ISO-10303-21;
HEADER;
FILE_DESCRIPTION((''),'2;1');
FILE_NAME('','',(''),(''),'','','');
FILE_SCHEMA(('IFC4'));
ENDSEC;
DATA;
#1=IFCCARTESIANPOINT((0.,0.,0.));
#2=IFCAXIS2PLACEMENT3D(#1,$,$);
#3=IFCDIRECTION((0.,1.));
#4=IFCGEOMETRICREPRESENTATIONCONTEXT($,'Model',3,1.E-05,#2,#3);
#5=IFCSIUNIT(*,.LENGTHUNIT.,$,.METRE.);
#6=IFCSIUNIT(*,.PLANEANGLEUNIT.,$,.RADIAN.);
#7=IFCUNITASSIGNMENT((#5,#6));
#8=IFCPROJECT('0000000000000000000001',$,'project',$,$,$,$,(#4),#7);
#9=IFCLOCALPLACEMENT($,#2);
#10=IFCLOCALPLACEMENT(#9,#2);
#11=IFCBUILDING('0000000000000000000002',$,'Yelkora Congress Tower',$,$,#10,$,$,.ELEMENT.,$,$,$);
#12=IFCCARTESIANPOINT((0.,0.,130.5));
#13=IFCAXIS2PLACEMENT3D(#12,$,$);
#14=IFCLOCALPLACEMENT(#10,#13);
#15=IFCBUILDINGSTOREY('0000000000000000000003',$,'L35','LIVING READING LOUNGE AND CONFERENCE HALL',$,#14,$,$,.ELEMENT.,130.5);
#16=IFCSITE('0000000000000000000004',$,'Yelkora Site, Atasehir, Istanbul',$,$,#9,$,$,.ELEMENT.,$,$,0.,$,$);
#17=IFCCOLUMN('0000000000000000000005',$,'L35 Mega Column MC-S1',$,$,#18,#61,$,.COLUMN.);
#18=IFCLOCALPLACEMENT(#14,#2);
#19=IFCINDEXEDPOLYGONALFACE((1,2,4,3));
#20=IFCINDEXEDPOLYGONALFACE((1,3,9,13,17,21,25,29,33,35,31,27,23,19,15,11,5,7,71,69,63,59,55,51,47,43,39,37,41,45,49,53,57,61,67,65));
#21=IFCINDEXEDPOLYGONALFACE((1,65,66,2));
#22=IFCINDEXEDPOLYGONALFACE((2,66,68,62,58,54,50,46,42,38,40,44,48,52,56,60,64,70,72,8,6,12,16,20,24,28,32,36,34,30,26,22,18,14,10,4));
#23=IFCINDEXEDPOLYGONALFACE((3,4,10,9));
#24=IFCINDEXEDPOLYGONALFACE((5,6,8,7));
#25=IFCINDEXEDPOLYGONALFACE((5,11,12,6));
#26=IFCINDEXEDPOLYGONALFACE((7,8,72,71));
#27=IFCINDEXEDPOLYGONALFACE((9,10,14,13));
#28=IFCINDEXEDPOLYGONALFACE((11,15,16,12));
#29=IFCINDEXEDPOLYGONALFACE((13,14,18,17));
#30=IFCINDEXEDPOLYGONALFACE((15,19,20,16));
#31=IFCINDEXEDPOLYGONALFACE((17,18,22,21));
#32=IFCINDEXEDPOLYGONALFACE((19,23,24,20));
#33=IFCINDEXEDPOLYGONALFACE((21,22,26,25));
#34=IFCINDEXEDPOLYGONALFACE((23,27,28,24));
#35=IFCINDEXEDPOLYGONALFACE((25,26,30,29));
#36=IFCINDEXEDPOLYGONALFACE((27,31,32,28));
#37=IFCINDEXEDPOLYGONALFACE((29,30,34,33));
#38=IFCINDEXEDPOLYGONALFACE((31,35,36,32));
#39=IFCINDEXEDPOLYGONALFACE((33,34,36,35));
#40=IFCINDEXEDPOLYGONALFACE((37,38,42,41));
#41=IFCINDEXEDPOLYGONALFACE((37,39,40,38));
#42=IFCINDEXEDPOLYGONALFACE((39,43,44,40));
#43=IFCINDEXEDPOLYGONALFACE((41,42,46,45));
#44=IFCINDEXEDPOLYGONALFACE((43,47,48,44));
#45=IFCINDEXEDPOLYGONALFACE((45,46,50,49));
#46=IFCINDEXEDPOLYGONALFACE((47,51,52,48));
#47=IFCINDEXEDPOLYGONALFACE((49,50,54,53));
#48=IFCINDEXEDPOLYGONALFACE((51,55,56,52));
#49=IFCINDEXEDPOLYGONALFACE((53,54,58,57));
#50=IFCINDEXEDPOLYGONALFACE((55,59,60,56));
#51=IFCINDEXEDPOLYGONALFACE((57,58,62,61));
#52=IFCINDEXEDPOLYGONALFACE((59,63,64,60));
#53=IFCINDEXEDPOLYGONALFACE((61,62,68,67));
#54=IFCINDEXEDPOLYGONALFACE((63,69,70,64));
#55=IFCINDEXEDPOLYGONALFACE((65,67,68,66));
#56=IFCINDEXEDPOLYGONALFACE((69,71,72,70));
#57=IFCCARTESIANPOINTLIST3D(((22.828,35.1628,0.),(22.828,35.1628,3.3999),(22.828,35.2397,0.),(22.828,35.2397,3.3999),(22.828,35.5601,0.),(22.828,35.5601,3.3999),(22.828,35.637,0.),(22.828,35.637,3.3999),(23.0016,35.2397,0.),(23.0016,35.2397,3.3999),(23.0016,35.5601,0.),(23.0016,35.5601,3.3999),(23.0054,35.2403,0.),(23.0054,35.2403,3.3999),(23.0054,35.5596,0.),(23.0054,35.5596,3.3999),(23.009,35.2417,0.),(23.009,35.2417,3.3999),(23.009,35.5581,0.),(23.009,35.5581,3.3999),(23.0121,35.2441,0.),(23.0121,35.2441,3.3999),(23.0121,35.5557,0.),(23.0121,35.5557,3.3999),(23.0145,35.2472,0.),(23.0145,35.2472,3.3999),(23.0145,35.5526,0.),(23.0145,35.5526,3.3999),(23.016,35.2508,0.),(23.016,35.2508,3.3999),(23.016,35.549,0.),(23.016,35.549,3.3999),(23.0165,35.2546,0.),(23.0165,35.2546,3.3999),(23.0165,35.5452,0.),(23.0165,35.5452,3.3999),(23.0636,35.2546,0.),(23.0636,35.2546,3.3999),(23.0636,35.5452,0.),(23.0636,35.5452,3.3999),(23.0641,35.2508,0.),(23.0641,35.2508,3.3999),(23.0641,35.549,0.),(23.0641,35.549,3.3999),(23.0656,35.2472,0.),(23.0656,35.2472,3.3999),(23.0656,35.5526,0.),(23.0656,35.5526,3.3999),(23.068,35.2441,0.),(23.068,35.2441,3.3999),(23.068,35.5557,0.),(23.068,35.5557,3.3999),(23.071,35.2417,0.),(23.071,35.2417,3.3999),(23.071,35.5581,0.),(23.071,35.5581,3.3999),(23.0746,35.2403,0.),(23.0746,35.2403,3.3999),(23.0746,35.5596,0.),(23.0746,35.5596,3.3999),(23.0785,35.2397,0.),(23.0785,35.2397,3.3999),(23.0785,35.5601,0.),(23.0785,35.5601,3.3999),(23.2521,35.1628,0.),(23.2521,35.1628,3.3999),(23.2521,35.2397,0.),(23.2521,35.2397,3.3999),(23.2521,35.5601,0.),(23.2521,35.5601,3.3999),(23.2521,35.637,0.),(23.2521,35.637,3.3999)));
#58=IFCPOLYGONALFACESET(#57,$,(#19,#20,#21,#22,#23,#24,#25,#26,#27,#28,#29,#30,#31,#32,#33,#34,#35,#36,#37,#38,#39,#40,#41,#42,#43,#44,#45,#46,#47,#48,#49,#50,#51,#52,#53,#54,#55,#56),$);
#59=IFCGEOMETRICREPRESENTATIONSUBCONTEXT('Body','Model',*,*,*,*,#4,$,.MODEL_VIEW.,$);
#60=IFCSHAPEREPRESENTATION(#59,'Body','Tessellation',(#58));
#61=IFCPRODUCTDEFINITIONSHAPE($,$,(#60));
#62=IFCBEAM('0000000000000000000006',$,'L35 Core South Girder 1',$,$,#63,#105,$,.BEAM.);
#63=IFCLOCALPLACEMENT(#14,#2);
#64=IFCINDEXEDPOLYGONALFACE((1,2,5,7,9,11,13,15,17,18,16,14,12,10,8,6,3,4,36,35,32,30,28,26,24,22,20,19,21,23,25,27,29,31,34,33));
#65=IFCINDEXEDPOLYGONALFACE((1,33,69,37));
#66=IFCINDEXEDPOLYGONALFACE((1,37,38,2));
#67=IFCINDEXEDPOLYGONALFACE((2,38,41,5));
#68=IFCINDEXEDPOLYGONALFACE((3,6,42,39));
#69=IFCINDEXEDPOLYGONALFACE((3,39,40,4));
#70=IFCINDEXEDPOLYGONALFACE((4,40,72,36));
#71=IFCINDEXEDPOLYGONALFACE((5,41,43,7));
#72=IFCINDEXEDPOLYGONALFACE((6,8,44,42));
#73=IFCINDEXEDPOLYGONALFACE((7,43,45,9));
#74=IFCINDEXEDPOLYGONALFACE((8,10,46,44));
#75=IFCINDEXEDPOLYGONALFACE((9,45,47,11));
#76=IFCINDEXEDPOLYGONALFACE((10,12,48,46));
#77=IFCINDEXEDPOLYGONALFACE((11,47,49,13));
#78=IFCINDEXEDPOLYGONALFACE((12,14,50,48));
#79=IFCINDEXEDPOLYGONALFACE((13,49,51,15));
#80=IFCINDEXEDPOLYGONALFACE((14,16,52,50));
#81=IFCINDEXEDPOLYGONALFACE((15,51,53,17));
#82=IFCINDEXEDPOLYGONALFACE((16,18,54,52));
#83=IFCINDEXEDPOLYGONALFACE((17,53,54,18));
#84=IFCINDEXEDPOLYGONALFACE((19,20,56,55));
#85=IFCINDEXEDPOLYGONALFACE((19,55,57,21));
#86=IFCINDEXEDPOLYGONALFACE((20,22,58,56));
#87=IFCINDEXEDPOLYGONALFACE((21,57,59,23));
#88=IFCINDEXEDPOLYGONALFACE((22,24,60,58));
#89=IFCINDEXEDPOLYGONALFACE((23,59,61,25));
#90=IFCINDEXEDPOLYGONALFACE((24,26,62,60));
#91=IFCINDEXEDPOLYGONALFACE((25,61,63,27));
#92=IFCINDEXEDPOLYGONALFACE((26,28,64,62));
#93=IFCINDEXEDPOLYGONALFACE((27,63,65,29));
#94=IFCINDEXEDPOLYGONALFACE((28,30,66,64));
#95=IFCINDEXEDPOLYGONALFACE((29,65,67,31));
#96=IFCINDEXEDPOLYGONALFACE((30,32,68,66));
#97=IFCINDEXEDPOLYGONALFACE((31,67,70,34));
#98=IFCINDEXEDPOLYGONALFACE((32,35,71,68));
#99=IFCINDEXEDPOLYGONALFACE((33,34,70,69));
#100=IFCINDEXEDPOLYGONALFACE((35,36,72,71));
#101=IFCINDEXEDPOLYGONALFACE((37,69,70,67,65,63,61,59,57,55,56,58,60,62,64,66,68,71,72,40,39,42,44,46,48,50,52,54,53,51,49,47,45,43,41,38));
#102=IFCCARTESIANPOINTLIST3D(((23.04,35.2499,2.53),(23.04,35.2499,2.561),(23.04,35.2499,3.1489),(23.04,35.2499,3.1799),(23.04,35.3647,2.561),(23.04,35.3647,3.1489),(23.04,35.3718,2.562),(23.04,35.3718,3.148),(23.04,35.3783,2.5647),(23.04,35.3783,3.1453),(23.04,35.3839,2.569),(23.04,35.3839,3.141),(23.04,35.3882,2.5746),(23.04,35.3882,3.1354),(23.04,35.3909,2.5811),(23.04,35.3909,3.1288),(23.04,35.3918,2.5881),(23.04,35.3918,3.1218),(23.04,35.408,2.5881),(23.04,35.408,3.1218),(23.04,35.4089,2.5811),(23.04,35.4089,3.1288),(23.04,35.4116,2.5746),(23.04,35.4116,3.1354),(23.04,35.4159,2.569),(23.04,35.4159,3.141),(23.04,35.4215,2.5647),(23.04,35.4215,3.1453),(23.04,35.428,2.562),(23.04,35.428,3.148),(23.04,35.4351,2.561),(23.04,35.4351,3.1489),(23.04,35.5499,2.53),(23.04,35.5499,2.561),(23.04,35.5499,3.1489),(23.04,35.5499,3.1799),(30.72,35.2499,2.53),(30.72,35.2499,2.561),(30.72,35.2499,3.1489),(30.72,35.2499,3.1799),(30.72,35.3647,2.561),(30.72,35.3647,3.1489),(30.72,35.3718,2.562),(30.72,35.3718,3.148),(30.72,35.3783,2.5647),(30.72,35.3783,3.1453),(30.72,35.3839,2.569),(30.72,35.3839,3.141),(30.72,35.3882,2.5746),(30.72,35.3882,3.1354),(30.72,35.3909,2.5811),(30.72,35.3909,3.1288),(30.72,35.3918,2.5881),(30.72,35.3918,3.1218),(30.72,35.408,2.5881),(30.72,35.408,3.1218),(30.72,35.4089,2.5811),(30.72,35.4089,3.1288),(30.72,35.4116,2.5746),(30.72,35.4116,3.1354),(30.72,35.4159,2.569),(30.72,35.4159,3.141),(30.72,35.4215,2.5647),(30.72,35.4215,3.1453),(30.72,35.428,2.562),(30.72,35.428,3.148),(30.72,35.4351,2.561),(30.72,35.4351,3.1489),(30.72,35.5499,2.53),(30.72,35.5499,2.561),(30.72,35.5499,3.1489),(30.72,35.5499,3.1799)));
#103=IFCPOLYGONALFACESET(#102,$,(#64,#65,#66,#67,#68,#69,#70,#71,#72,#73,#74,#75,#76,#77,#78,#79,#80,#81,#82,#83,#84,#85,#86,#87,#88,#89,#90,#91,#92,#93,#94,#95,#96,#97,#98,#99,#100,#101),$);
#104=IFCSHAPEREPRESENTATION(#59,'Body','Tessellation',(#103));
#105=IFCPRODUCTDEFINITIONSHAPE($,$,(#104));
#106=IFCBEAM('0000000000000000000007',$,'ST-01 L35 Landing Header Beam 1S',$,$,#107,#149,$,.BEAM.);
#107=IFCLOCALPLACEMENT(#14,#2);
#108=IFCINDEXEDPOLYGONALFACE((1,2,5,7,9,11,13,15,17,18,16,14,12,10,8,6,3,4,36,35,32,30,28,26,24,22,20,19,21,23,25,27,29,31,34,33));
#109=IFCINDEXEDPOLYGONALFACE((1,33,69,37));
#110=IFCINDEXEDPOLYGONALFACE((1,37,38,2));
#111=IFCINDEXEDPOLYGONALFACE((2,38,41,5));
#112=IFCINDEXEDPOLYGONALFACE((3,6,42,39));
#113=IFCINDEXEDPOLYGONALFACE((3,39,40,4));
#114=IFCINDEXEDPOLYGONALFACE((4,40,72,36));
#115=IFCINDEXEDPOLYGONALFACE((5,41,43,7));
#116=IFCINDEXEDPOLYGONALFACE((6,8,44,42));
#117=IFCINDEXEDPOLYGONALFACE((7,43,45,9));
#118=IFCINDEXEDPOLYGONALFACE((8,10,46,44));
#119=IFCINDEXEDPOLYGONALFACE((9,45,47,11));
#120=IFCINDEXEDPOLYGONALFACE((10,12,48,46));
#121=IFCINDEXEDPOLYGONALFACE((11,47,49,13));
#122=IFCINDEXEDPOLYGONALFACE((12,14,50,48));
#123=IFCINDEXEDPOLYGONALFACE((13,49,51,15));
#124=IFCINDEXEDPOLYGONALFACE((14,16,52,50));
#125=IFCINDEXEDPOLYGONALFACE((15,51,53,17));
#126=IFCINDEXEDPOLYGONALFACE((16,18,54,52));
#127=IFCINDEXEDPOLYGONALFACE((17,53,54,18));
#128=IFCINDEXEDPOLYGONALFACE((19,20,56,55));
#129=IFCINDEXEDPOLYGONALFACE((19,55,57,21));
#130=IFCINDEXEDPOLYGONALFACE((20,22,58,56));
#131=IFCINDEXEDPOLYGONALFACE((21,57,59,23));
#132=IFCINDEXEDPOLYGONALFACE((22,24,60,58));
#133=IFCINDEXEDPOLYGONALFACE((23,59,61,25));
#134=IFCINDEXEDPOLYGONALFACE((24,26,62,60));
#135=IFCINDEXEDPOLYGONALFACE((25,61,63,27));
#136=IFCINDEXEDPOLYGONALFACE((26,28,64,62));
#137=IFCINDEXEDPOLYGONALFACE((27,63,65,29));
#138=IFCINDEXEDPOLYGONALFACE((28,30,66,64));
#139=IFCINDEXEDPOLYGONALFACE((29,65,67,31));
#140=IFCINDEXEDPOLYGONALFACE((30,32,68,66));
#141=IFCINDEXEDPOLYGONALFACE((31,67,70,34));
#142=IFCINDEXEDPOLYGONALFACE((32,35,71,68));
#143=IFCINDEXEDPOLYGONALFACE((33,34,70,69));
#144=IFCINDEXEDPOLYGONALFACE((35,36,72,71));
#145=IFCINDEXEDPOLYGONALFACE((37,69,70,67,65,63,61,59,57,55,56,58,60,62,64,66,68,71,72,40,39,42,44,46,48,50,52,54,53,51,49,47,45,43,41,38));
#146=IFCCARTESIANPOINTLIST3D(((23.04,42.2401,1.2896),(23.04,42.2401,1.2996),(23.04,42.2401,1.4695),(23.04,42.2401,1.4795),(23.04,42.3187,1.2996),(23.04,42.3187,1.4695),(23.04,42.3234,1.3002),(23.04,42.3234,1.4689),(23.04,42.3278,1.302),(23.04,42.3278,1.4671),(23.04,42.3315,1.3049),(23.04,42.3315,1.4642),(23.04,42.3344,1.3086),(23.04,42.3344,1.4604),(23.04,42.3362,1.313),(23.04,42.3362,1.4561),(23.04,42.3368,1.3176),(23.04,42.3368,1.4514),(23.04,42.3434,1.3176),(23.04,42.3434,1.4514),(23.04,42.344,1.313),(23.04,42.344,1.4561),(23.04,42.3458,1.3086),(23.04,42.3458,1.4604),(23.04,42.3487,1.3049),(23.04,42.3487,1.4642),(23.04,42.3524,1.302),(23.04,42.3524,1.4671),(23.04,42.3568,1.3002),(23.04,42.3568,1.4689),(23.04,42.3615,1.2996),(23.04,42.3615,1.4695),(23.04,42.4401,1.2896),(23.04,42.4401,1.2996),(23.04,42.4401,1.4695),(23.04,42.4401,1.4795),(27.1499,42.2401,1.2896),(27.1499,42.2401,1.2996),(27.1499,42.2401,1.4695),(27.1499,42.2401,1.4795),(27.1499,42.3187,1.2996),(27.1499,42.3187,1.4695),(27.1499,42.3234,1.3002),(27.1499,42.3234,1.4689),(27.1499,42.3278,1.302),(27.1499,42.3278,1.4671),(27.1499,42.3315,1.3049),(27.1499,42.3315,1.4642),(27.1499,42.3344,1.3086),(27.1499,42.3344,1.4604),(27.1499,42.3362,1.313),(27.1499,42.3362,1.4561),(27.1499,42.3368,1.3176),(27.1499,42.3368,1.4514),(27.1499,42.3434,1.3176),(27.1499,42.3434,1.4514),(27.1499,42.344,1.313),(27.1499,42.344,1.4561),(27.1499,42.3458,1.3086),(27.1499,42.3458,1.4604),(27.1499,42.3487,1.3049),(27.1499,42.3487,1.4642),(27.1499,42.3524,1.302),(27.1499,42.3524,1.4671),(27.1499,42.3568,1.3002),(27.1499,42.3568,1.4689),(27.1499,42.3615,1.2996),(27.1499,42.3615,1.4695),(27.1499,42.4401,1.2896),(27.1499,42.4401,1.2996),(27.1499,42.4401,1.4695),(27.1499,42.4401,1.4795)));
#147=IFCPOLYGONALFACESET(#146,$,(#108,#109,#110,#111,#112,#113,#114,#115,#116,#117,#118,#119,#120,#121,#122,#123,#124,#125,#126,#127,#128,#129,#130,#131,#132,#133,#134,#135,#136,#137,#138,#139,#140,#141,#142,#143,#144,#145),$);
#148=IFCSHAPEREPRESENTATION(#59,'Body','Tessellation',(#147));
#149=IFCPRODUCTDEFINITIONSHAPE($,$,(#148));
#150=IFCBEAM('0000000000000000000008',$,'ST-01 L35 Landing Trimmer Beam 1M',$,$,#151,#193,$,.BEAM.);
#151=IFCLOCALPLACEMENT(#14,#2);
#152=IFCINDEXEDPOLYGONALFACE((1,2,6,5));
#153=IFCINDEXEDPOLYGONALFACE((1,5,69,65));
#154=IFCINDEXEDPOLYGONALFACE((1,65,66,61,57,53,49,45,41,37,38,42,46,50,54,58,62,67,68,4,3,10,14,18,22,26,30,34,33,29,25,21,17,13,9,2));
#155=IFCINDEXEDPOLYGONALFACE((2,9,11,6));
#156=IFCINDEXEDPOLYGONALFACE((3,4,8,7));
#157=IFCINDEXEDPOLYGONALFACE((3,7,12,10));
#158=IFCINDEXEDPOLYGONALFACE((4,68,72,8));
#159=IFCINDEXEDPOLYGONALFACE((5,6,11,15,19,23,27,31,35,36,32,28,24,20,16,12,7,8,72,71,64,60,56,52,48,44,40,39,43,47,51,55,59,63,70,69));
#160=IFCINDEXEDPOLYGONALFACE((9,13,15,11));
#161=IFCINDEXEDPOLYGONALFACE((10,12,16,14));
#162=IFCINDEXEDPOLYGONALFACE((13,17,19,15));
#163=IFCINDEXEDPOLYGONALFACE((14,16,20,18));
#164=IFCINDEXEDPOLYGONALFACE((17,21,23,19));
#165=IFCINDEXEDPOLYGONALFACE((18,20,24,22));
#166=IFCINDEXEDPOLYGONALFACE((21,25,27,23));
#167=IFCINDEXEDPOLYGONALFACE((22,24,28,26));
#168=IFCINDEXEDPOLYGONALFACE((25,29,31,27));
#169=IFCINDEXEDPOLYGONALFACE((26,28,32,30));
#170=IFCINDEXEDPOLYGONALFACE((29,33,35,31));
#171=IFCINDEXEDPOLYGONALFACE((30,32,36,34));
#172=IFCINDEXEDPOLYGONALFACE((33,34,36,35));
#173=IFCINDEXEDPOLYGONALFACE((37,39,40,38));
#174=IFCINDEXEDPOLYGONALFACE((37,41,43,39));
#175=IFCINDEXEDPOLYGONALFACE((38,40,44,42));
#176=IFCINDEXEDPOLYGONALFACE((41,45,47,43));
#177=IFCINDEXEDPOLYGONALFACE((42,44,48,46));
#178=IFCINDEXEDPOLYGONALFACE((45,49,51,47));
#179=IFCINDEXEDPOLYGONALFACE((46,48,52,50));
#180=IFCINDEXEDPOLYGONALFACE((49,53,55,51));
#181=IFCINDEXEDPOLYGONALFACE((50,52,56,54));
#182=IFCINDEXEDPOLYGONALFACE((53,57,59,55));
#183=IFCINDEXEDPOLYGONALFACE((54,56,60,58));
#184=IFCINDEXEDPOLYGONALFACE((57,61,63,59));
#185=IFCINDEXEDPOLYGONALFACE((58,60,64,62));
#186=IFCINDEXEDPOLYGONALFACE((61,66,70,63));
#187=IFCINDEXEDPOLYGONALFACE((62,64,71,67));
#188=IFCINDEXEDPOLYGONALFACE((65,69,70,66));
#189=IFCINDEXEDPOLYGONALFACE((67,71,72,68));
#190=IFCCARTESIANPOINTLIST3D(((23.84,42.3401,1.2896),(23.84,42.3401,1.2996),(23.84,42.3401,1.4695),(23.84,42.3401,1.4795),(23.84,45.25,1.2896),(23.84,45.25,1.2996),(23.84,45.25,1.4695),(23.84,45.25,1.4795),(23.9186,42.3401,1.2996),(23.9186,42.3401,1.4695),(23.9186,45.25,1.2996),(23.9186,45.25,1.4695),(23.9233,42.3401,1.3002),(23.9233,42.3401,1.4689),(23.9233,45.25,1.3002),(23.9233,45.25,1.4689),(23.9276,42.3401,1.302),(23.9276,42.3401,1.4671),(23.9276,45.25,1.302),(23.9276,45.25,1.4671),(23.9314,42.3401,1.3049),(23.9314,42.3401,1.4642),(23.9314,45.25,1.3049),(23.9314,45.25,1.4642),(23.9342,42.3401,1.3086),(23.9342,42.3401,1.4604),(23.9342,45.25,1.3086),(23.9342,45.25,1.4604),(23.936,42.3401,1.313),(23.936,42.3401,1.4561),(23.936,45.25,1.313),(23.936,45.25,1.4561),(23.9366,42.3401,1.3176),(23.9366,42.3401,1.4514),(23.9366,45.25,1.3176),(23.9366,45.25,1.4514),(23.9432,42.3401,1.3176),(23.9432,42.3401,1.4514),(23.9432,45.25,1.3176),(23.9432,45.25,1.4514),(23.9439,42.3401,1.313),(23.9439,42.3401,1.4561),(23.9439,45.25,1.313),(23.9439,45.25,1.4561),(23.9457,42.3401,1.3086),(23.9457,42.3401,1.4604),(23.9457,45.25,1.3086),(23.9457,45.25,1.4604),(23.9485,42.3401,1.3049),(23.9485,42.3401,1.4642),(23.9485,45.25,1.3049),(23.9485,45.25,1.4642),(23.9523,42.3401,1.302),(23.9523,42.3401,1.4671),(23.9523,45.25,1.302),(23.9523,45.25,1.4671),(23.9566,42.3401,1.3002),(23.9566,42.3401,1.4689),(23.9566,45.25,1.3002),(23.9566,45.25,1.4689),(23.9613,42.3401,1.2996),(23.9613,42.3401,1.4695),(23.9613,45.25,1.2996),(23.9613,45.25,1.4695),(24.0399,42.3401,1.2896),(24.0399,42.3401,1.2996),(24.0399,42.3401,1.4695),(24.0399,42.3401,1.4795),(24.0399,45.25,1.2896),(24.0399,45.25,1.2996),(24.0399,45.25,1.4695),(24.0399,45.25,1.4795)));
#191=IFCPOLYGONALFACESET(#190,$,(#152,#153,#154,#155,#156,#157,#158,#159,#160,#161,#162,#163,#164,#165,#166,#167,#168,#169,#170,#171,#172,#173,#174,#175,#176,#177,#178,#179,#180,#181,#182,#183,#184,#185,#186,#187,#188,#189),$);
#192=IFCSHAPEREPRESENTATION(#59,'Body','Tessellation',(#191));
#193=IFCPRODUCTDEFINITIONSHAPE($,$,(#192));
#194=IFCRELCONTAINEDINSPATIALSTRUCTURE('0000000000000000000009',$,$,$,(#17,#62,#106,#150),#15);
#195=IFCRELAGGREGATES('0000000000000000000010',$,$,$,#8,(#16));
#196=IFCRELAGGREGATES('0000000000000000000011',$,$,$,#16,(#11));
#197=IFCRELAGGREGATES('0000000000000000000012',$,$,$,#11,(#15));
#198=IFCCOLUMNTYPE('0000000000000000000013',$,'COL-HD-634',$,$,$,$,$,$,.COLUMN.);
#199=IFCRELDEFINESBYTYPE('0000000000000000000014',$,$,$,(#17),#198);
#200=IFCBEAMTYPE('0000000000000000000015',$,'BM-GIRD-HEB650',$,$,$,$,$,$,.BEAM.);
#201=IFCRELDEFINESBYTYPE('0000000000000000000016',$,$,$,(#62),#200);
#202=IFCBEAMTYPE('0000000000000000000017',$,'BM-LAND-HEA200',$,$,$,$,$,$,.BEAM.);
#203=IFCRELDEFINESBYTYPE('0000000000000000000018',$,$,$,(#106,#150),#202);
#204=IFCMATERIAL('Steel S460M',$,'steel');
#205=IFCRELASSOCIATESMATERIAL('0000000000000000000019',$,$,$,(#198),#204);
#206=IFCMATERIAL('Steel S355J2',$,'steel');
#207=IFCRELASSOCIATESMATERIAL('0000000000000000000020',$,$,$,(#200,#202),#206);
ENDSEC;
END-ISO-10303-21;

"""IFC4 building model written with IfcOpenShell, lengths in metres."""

from ifc_helpers import new_model, si_unit, direction, frame, origin, origin_2d, place, context, subcontext, project, spatial, i_section, extrude, material, material_profile, profile_set, type_object, element, save


model = new_model("IFC4")

# Units and contexts
model_context = context("Model", 3, precision=1e-05, world=origin(), true_north=direction((0.0, 1.0)))
body_context = subcontext(model_context, "Body", "Model", "MODEL_VIEW")
ifc_project = project(units=[si_unit("LENGTHUNIT", "METRE"), si_unit("PLANEANGLEUNIT", "RADIAN")], contexts=[model_context])

# Site, building, storey
site_placement = place(None, origin())
site = spatial("IfcSite", under=ifc_project, at=site_placement, Name="Yelkora Site, Atasehir, Istanbul", CompositionType="ELEMENT", RefElevation=0.0)
building_placement = place(site_placement, origin())
building = spatial("IfcBuilding", under=site, at=building_placement, Name="Yelkora Congress Tower", CompositionType="ELEMENT")
storey_placement = place(building_placement, frame((0.0, 0.0, 130.5)))
storey = spatial("IfcBuildingStorey", under=building, at=storey_placement, Name="L35", Description="LIVING READING LOUNGE AND CONFERENCE HALL", CompositionType="ELEMENT", Elevation=130.5)

# Column
ifc_material_1 = material(Name="Steel S460M", Category="steel")
ifc_material_profile_1 = material_profile(ifc_material_1, i_section(OverallWidth=0.4241, OverallDepth=0.4741, WebThickness=0.0471, FlangeThickness=0.0769, FilletRadius=0.0149, at=origin_2d()), Name="HD 400x634")
ifc_profile_set_1 = profile_set([ifc_material_profile_1], Name="Steel S460M")
column_type = type_object("IfcColumnType", Name="COL-HD-634", PredefinedType="COLUMN", material=ifc_profile_set_1)
column_placement = place(storey_placement, frame((23.04, 35.3999, 0.0), z_axis=(0.0, 0.0, 1.0), x_axis=(1.0, 0.0, 0.0)))
element("IfcColumn", 1, at=column_placement, inside=storey, type_object=column_type, Name="L35 Mega Column MC-S1", PredefinedType="COLUMN", context=body_context, shape_type="SweptSolid", body=[
    extrude(i_section(OverallWidth=0.4241, OverallDepth=0.4741, WebThickness=0.0471, FlangeThickness=0.0769, FilletRadius=0.0149, at=origin_2d()), origin(), (0.0, 0.0, 1.0), 3.3999),
])

# Beams
ifc_material_2 = material(Name="Steel S355J2", Category="steel")
ifc_material_profile_2 = material_profile(ifc_material_2, i_section(OverallWidth=0.3, OverallDepth=0.6499, WebThickness=0.0161, FlangeThickness=0.031, FilletRadius=0.0271, at=origin_2d()), Name="HEB 650")
ifc_profile_set_2 = profile_set([ifc_material_profile_2], Name="Steel S355J2")
beam_type_1 = type_object("IfcBeamType", Name="BM-GIRD-HEB650", PredefinedType="BEAM", material=ifc_profile_set_2)
beam_1_placement = place(storey_placement, frame((23.04, 35.3999, 2.855), z_axis=(1.0, 0.0, 0.0), x_axis=(0.0, 1.0, 0.0)))
element("IfcBeam", 2, at=beam_1_placement, inside=storey, type_object=beam_type_1, Name="L35 Core South Girder 1", PredefinedType="BEAM", context=body_context, shape_type="SweptSolid", body=[
    extrude(i_section(OverallWidth=0.3, OverallDepth=0.6499, WebThickness=0.0161, FlangeThickness=0.031, FilletRadius=0.0271, at=origin_2d()), origin(), (0.0, 0.0, 1.0), 7.6799),
])
ifc_material_profile_3 = material_profile(ifc_material_2, i_section(OverallWidth=0.2, OverallDepth=0.1899, WebThickness=0.0066, FlangeThickness=0.01, FilletRadius=0.0181, at=origin_2d()), Name="HEA 200")
ifc_profile_set_3 = profile_set([ifc_material_profile_3], Name="Steel S355J2")
beam_type_2 = type_object("IfcBeamType", Name="BM-LAND-HEA200", PredefinedType="BEAM", material=ifc_profile_set_3)
beam_2_placement = place(storey_placement, frame((23.04, 42.3401, 1.3845), z_axis=(1.0, 0.0, 0.0), x_axis=(0.0, 1.0, 0.0)))
element("IfcBeam", 3, at=beam_2_placement, inside=storey, type_object=beam_type_2, Name="ST-01 L35 Landing Header Beam 1S", PredefinedType="BEAM", context=body_context, shape_type="SweptSolid", body=[
    extrude(i_section(OverallWidth=0.2, OverallDepth=0.1899, WebThickness=0.0066, FlangeThickness=0.01, FilletRadius=0.0181, at=origin_2d()), origin(), (0.0, 0.0, 1.0), 4.1099),
])
beam_3_placement = place(storey_placement, frame((23.9399, 42.3401, 1.3845), z_axis=(0.0, 1.0, 0.0), x_axis=(-1.0, 0.0, 0.0)))
element("IfcBeam", 4, at=beam_3_placement, inside=storey, type_object=beam_type_2, Name="ST-01 L35 Landing Trimmer Beam 1M", PredefinedType="BEAM", context=body_context, shape_type="SweptSolid", body=[
    extrude(i_section(OverallWidth=0.2, OverallDepth=0.1899, WebThickness=0.0066, FlangeThickness=0.01, FilletRadius=0.0181, at=origin_2d()), origin(), (0.0, 0.0, 1.0), 2.9099),
])

save(model, "model.ifc")
